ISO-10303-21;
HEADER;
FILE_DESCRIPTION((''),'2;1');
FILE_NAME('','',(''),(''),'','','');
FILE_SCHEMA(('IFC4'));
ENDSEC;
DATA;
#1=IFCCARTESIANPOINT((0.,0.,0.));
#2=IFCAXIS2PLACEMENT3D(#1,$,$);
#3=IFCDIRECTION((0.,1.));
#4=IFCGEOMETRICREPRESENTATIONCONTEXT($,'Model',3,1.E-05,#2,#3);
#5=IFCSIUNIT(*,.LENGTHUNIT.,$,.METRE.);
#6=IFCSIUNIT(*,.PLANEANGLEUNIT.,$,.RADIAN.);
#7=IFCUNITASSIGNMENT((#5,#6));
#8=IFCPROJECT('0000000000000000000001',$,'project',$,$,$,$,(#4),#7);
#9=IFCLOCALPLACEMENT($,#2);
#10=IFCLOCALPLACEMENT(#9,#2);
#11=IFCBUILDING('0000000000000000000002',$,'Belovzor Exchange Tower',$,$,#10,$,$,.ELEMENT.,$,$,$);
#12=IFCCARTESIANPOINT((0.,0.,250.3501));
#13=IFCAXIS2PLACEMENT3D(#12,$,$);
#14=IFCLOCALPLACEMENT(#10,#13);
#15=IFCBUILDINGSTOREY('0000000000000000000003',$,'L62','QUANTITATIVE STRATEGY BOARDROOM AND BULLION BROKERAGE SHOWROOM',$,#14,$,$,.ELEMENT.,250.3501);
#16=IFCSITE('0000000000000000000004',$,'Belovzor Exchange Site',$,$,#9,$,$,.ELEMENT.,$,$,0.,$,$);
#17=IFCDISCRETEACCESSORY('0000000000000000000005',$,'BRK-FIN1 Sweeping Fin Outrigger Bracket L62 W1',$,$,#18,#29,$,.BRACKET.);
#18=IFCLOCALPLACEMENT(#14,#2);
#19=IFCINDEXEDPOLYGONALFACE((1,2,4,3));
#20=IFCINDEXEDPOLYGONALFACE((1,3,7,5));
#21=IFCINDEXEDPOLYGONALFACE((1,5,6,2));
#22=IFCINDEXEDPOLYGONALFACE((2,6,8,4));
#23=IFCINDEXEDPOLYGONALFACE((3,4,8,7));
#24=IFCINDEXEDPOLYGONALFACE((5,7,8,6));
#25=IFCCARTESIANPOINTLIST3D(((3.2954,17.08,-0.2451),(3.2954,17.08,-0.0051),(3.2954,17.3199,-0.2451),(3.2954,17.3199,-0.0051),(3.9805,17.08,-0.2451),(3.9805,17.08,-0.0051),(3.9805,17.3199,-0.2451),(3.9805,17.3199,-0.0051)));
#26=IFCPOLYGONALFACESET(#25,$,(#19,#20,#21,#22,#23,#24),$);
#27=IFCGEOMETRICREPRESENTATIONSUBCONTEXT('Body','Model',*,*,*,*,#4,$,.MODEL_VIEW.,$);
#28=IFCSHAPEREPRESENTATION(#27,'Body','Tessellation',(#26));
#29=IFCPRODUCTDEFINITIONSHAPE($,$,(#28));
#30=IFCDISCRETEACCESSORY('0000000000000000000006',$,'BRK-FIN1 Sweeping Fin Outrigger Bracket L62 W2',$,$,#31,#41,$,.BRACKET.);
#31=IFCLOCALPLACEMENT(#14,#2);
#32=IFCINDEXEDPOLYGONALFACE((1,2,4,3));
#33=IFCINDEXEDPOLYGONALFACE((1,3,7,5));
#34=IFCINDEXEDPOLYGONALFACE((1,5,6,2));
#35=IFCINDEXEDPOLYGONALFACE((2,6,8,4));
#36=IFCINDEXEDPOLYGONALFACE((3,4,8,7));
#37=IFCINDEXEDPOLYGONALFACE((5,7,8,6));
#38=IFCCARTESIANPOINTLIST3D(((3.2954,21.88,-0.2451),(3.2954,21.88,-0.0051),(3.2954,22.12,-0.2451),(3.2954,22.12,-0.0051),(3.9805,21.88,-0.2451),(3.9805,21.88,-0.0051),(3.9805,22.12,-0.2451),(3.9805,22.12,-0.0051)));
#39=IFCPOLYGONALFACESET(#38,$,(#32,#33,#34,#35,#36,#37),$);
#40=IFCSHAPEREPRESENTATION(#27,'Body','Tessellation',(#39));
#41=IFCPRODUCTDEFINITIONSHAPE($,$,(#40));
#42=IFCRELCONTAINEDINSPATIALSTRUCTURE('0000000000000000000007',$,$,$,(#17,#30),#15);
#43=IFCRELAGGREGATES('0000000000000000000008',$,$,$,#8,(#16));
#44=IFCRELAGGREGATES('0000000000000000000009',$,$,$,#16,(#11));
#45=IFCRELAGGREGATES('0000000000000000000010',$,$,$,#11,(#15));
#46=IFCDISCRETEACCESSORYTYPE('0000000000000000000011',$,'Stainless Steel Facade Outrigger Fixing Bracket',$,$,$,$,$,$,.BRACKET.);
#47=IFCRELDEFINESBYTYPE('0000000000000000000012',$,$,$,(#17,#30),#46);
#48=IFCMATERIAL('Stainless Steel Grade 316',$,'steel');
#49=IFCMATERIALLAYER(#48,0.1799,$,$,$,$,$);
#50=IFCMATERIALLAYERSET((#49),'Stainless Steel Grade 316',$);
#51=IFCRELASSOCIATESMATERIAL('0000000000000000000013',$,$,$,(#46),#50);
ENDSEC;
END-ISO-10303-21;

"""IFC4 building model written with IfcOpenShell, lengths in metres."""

from ifc_helpers import new_model, si_unit, direction, frame, origin, origin_2d, place, context, subcontext, project, spatial, rectangle, extrude, material, layer, layer_set, type_object, element, save


model = new_model("IFC4")

# Units and contexts
model_context = context("Model", 3, precision=1e-05, world=origin(), true_north=direction((0.0, 1.0)))
body_context = subcontext(model_context, "Body", "Model", "MODEL_VIEW")
ifc_project = project(units=[si_unit("LENGTHUNIT", "METRE"), si_unit("PLANEANGLEUNIT", "RADIAN")], contexts=[model_context])

# Site, building, storey
site_placement = place(None, origin())
site = spatial("IfcSite", under=ifc_project, at=site_placement, Name="Belovzor Exchange Site", CompositionType="ELEMENT", RefElevation=0.0)
building_placement = place(site_placement, origin())
building = spatial("IfcBuilding", under=site, at=building_placement, Name="Belovzor Exchange Tower", CompositionType="ELEMENT")
storey_placement = place(building_placement, frame((0.0, 0.0, 250.3501)))
storey = spatial("IfcBuildingStorey", under=building, at=storey_placement, Name="L62", Description="QUANTITATIVE STRATEGY BOARDROOM AND BULLION BROKERAGE SHOWROOM", CompositionType="ELEMENT", Elevation=250.3501)

# Discrete accessories
ifc_material_1 = material(Name="Stainless Steel Grade 316", Category="steel")
ifc_layer_1 = layer(ifc_material_1, 0.1799)
ifc_layer_set_1 = layer_set([ifc_layer_1], Name="Stainless Steel Grade 316")
discrete_accessory_type = type_object("IfcDiscreteAccessoryType", Name="Stainless Steel Facade Outrigger Fixing Bracket", PredefinedType="BRACKET", material=ifc_layer_set_1)
for number, where, z_axis, x_axis, name in (
    (1, (3.6379, 17.2, -0.2451), (0.0, 0.0, 1.0), (1.0, 0.0, 0.0), "BRK-FIN1 Sweeping Fin Outrigger Bracket L62 W1"),
    (2, (3.6379, 22.0, -0.2451), (0.0, 0.0, 1.0), (1.0, 0.0, 0.0), "BRK-FIN1 Sweeping Fin Outrigger Bracket L62 W2"),
):
    element("IfcDiscreteAccessory", number, at=place(storey_placement, frame(where, z_axis=z_axis, x_axis=x_axis)), inside=storey, type_object=discrete_accessory_type, Name=name, PredefinedType="BRACKET", context=body_context, shape_type="SweptSolid", body=[
        extrude(rectangle(XDim=0.6851, YDim=0.24, at=origin_2d()), origin(), (0.0, 0.0, 1.0), 0.24),
    ])

save(model, "model.ifc")
